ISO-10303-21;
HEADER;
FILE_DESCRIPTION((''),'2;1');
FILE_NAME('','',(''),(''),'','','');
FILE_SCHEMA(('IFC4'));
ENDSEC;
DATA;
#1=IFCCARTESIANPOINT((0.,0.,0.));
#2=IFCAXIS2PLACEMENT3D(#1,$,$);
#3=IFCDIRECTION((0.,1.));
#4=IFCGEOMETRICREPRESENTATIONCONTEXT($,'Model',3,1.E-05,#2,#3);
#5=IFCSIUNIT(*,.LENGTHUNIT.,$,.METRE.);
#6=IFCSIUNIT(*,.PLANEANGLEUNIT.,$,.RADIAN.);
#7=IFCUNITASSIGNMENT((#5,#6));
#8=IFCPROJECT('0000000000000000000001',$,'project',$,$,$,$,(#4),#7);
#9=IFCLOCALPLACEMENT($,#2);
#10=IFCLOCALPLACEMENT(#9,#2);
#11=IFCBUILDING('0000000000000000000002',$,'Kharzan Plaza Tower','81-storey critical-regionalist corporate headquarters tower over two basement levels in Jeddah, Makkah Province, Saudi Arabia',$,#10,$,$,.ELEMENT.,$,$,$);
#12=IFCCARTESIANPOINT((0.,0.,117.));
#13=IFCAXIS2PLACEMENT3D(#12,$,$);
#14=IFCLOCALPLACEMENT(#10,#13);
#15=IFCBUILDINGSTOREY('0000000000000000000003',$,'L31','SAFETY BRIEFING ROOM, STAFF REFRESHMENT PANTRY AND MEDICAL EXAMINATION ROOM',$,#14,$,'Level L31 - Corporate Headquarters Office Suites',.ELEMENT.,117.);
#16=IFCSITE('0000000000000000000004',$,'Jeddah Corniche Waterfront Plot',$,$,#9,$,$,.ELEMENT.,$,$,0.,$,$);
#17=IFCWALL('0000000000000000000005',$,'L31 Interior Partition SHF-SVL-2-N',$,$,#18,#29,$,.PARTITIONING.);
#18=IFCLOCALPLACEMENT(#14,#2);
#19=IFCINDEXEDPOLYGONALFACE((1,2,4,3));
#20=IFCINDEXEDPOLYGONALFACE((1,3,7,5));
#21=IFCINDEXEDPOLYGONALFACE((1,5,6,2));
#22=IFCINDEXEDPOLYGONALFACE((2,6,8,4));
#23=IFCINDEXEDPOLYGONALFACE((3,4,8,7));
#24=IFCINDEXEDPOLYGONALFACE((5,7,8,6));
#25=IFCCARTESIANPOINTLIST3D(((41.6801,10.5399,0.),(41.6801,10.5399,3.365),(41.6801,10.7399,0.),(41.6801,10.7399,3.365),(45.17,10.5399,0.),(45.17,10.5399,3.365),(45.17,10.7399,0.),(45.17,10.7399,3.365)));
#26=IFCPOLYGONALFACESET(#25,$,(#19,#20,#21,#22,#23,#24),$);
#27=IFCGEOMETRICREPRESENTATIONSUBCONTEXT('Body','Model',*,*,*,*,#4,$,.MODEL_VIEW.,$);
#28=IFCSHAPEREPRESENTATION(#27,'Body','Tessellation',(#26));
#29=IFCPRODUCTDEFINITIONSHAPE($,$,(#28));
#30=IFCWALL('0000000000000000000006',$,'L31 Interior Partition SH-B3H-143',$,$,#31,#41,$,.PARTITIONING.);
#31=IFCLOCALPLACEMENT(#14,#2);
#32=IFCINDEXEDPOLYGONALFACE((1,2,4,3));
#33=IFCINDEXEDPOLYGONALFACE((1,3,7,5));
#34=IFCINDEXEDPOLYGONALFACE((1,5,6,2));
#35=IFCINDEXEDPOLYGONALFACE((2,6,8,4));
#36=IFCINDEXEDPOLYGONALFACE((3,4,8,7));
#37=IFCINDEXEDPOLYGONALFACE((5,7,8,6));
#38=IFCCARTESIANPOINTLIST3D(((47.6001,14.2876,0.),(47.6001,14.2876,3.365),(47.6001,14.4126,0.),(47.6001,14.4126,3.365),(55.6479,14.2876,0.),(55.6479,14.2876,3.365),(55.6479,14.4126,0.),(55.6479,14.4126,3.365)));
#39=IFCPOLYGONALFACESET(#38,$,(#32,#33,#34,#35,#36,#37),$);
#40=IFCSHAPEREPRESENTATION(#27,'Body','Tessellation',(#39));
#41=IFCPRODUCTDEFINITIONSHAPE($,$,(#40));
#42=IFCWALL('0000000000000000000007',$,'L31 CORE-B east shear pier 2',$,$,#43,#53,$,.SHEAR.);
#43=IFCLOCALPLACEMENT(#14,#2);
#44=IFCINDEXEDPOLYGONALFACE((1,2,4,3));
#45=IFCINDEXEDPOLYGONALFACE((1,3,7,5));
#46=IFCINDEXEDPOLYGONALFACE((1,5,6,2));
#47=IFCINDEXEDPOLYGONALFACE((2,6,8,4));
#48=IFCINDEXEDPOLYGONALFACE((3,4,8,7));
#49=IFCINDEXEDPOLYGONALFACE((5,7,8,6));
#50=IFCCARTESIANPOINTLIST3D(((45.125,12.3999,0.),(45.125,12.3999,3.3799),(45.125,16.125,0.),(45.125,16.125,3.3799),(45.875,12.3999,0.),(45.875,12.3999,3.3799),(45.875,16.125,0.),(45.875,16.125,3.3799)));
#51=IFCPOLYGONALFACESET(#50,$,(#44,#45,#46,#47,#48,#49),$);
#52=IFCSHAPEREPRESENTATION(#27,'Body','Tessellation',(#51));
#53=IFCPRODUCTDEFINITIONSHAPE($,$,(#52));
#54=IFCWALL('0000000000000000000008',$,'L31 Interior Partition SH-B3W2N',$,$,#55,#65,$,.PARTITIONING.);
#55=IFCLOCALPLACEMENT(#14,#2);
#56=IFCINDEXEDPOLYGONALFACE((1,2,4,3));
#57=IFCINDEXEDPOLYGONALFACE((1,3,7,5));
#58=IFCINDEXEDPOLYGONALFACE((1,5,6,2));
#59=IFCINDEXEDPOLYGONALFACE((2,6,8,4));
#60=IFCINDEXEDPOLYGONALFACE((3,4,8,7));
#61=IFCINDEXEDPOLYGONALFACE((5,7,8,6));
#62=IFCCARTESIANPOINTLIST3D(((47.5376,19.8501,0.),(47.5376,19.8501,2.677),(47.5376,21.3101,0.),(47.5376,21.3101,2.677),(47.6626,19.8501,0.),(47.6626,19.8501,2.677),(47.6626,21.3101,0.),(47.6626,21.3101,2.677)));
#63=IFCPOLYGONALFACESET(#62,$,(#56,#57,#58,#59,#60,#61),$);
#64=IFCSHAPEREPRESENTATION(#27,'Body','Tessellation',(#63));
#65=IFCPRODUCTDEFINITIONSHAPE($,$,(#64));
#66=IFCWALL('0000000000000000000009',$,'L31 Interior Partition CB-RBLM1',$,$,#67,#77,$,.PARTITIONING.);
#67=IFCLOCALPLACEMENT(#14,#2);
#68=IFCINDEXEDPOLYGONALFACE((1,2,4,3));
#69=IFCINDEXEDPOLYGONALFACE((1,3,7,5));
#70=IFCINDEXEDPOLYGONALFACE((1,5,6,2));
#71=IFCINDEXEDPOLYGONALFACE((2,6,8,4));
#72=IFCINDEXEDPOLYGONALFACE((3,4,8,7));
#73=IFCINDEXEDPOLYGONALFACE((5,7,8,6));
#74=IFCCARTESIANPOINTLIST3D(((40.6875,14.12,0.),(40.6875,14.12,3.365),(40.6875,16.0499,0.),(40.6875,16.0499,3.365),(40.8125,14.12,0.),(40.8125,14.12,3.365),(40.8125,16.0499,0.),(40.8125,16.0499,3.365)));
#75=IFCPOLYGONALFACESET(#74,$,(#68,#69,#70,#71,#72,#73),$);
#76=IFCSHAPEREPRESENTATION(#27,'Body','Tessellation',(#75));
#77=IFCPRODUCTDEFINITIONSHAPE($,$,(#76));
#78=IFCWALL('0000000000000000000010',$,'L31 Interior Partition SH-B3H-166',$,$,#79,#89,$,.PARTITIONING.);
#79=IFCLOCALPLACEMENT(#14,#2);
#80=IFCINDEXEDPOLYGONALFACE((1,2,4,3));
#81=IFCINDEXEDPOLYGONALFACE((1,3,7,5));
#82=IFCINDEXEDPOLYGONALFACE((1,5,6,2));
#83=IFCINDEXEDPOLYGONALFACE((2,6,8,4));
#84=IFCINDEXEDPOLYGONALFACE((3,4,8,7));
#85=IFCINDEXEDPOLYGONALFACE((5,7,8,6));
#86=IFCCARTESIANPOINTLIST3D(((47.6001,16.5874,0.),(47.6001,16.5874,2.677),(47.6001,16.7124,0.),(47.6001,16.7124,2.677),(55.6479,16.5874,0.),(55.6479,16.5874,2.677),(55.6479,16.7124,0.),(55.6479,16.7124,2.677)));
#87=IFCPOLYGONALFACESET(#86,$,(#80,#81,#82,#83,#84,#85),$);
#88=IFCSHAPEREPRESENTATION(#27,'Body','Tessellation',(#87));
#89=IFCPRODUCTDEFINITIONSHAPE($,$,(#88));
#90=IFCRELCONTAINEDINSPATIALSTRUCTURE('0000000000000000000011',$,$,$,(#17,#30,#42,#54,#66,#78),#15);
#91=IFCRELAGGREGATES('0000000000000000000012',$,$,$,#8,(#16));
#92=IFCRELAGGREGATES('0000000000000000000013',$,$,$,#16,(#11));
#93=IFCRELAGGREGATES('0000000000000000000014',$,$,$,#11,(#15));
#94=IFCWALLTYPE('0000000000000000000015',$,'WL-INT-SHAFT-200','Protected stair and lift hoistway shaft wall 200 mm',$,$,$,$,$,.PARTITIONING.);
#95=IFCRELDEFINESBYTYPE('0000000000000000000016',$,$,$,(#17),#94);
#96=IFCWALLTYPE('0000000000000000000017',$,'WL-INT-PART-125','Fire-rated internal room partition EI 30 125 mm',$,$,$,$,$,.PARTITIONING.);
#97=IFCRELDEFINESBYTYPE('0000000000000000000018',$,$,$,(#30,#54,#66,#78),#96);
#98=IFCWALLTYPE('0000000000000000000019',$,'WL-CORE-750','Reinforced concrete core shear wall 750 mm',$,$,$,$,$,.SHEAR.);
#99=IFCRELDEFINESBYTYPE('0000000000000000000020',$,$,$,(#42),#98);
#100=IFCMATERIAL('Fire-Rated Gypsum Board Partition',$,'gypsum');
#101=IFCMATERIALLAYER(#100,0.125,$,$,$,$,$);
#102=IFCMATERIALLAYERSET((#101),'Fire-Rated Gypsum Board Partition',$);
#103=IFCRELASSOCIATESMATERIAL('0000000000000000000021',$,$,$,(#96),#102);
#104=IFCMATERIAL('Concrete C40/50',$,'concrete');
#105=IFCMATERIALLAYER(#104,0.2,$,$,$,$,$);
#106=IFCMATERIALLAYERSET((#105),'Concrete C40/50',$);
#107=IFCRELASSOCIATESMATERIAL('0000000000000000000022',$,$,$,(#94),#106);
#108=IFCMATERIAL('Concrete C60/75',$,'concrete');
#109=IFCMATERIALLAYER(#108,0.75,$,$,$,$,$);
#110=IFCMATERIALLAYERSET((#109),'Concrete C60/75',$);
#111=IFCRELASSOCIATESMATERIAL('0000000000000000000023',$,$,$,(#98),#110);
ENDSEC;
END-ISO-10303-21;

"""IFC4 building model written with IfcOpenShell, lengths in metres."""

from ifc_helpers import new_model, si_unit, direction, frame, frame_2d, origin, place, context, subcontext, project, spatial, rectangle, extrude, source, transform, mapped, material, layer, layer_set, type_object, element, save


model = new_model("IFC4")

# Units and contexts
model_context = context("Model", 3, precision=1e-05, world=origin(), true_north=direction((0.0, 1.0)))
body_context = subcontext(model_context, "Body", "Model", "MODEL_VIEW")
ifc_project = project(units=[si_unit("LENGTHUNIT", "METRE"), si_unit("PLANEANGLEUNIT", "RADIAN")], contexts=[model_context])

# Site, building, storey
site_placement = place(None, origin())
site = spatial("IfcSite", under=ifc_project, at=site_placement, Name="Jeddah Corniche Waterfront Plot", CompositionType="ELEMENT", RefElevation=0.0)
building_placement = place(site_placement, origin())
building = spatial("IfcBuilding", under=site, at=building_placement, Name="Kharzan Plaza Tower", Description="81-storey critical-regionalist corporate headquarters tower over two basement levels in Jeddah, Makkah Province, Saudi Arabia", CompositionType="ELEMENT")
storey_placement = place(building_placement, frame((0.0, 0.0, 117.0)))
storey = spatial("IfcBuildingStorey", under=building, at=storey_placement, Name="L31", Description="SAFETY BRIEFING ROOM, STAFF REFRESHMENT PANTRY AND MEDICAL EXAMINATION ROOM", LongName="Level L31 - Corporate Headquarters Office Suites", CompositionType="ELEMENT", Elevation=117.0)

# Shared definitions
ifc_material_1 = material(Name="Concrete C60/75", Category="concrete")

# Shared definitions
ifc_material_2 = material(Name="Concrete C40/50", Category="concrete")

# Shared definitions
ifc_material_3 = material(Name="Fire-Rated Gypsum Board Partition", Category="gypsum")
ifc_layer_1 = layer(ifc_material_3, 0.125)
ifc_layer_set_1 = layer_set([ifc_layer_1], Name="Fire-Rated Gypsum Board Partition")
wall_type_1 = type_object("IfcWallType", Name="WL-INT-PART-125", Description="Fire-rated internal room partition EI 30 125 mm", PredefinedType="PARTITIONING", material=ifc_layer_set_1)

# Walls
ifc_layer_2 = layer(ifc_material_2, 0.2)
ifc_layer_set_2 = layer_set([ifc_layer_2], Name="Concrete C40/50")
wall_type_2 = type_object("IfcWallType", Name="WL-INT-SHAFT-200", Description="Protected stair and lift hoistway shaft wall 200 mm", PredefinedType="PARTITIONING", material=ifc_layer_set_2)
shared_shape_1 = source(origin(), body_context, "Body", "SweptSolid", [
    extrude(rectangle(XDim=3.49, YDim=0.2, at=frame_2d((1.7451, 0.0))), origin(), (0.0, 0.0, 1.0), 3.365),
])
wall_1_placement = place(storey_placement, frame((41.6799, 10.6399, 0.0), z_axis=(0.0, 0.0, 1.0), x_axis=(1.0, 0.0, 0.0)))
element("IfcWall", 1, at=wall_1_placement, inside=storey, type_object=wall_type_2, Name="L31 Interior Partition SHF-SVL-2-N", PredefinedType="PARTITIONING", context=body_context, shape_type="MappedRepresentation", body=[
    mapped(shared_shape_1, transform((0.0, 0.0, 0.0), x_axis=(1.0, 0.0, 0.0), y_axis=(0.0, 1.0, 0.0), z_axis=(0.0, 0.0, 1.0))),
])
shared_shape_2 = source(origin(), body_context, "Body", "SweptSolid", [
    extrude(rectangle(XDim=8.0479, YDim=0.125, at=frame_2d((4.0239, 0.0))), origin(), (0.0, 0.0, 1.0), 3.365),
])
wall_2_placement = place(storey_placement, frame((47.6001, 14.3501, 0.0), z_axis=(0.0, 0.0, 1.0), x_axis=(1.0, 0.0, 0.0)))
element("IfcWall", 2, at=wall_2_placement, inside=storey, type_object=wall_type_1, Name="L31 Interior Partition SH-B3H-143", PredefinedType="PARTITIONING", context=body_context, shape_type="MappedRepresentation", body=[
    mapped(shared_shape_2, transform((0.0, 0.0, 0.0), x_axis=(1.0, 0.0, 0.0), y_axis=(0.0, 1.0, 0.0), z_axis=(0.0, 0.0, 1.0))),
])
ifc_layer_3 = layer(ifc_material_1, 0.75)
ifc_layer_set_3 = layer_set([ifc_layer_3], Name="Concrete C60/75")
wall_type_3 = type_object("IfcWallType", Name="WL-CORE-750", Description="Reinforced concrete core shear wall 750 mm", PredefinedType="SHEAR", material=ifc_layer_set_3)
shared_shape_3 = source(origin(), body_context, "Body", "SweptSolid", [
    extrude(rectangle(XDim=3.7251, YDim=0.75, at=frame_2d((1.8625, 0.0))), origin(), (0.0, 0.0, 1.0), 3.3799),
])
wall_3_placement = place(storey_placement, frame((45.5, 12.3999, 0.0), z_axis=(0.0, 0.0, 1.0), x_axis=(0.0, 1.0, 0.0)))
element("IfcWall", 3, at=wall_3_placement, inside=storey, type_object=wall_type_3, Name="L31 CORE-B east shear pier 2", PredefinedType="SHEAR", context=body_context, shape_type="MappedRepresentation", body=[
    mapped(shared_shape_3, transform((0.0, 0.0, 0.0), x_axis=(1.0, 0.0, 0.0), y_axis=(0.0, 1.0, 0.0), z_axis=(0.0, 0.0, 1.0))),
])
shared_shape_4 = source(origin(), body_context, "Body", "SweptSolid", [
    extrude(rectangle(XDim=1.46, YDim=0.125, at=frame_2d((0.73, 0.0))), origin(), (0.0, 0.0, 1.0), 2.677),
])
wall_4_placement = place(storey_placement, frame((47.6001, 19.8501, 0.0), z_axis=(0.0, 0.0, 1.0), x_axis=(0.0, 1.0, 0.0)))
element("IfcWall", 4, at=wall_4_placement, inside=storey, type_object=wall_type_1, Name="L31 Interior Partition SH-B3W2N", PredefinedType="PARTITIONING", context=body_context, shape_type="MappedRepresentation", body=[
    mapped(shared_shape_4, transform((0.0, 0.0, 0.0), x_axis=(1.0, 0.0, 0.0), y_axis=(0.0, 1.0, 0.0), z_axis=(0.0, 0.0, 1.0))),
])
shared_shape_5 = source(origin(), body_context, "Body", "SweptSolid", [
    extrude(rectangle(XDim=1.9299, YDim=0.125, at=frame_2d((0.9648, 0.0))), origin(), (0.0, 0.0, 1.0), 3.365),
])
wall_5_placement = place(storey_placement, frame((40.75, 14.1201, 0.0), z_axis=(0.0, 0.0, 1.0), x_axis=(0.0, 1.0, 0.0)))
element("IfcWall", 5, at=wall_5_placement, inside=storey, type_object=wall_type_1, Name="L31 Interior Partition CB-RBLM1", PredefinedType="PARTITIONING", context=body_context, shape_type="MappedRepresentation", body=[
    mapped(shared_shape_5, transform((0.0, 0.0, 0.0), x_axis=(1.0, 0.0, 0.0), y_axis=(0.0, 1.0, 0.0), z_axis=(0.0, 0.0, 1.0))),
])
shared_shape_6 = source(origin(), body_context, "Body", "SweptSolid", [
    extrude(rectangle(XDim=8.0479, YDim=0.125, at=frame_2d((4.0239, 0.0))), origin(), (0.0, 0.0, 1.0), 2.677),
])
wall_6_placement = place(storey_placement, frame((47.6001, 16.6499, 0.0), z_axis=(0.0, 0.0, 1.0), x_axis=(1.0, 0.0, 0.0)))
element("IfcWall", 6, at=wall_6_placement, inside=storey, type_object=wall_type_1, Name="L31 Interior Partition SH-B3H-166", PredefinedType="PARTITIONING", context=body_context, shape_type="MappedRepresentation", body=[
    mapped(shared_shape_6, transform((0.0, 0.0, 0.0), x_axis=(1.0, 0.0, 0.0), y_axis=(0.0, 1.0, 0.0), z_axis=(0.0, 0.0, 1.0))),
])

save(model, "model.ifc")
